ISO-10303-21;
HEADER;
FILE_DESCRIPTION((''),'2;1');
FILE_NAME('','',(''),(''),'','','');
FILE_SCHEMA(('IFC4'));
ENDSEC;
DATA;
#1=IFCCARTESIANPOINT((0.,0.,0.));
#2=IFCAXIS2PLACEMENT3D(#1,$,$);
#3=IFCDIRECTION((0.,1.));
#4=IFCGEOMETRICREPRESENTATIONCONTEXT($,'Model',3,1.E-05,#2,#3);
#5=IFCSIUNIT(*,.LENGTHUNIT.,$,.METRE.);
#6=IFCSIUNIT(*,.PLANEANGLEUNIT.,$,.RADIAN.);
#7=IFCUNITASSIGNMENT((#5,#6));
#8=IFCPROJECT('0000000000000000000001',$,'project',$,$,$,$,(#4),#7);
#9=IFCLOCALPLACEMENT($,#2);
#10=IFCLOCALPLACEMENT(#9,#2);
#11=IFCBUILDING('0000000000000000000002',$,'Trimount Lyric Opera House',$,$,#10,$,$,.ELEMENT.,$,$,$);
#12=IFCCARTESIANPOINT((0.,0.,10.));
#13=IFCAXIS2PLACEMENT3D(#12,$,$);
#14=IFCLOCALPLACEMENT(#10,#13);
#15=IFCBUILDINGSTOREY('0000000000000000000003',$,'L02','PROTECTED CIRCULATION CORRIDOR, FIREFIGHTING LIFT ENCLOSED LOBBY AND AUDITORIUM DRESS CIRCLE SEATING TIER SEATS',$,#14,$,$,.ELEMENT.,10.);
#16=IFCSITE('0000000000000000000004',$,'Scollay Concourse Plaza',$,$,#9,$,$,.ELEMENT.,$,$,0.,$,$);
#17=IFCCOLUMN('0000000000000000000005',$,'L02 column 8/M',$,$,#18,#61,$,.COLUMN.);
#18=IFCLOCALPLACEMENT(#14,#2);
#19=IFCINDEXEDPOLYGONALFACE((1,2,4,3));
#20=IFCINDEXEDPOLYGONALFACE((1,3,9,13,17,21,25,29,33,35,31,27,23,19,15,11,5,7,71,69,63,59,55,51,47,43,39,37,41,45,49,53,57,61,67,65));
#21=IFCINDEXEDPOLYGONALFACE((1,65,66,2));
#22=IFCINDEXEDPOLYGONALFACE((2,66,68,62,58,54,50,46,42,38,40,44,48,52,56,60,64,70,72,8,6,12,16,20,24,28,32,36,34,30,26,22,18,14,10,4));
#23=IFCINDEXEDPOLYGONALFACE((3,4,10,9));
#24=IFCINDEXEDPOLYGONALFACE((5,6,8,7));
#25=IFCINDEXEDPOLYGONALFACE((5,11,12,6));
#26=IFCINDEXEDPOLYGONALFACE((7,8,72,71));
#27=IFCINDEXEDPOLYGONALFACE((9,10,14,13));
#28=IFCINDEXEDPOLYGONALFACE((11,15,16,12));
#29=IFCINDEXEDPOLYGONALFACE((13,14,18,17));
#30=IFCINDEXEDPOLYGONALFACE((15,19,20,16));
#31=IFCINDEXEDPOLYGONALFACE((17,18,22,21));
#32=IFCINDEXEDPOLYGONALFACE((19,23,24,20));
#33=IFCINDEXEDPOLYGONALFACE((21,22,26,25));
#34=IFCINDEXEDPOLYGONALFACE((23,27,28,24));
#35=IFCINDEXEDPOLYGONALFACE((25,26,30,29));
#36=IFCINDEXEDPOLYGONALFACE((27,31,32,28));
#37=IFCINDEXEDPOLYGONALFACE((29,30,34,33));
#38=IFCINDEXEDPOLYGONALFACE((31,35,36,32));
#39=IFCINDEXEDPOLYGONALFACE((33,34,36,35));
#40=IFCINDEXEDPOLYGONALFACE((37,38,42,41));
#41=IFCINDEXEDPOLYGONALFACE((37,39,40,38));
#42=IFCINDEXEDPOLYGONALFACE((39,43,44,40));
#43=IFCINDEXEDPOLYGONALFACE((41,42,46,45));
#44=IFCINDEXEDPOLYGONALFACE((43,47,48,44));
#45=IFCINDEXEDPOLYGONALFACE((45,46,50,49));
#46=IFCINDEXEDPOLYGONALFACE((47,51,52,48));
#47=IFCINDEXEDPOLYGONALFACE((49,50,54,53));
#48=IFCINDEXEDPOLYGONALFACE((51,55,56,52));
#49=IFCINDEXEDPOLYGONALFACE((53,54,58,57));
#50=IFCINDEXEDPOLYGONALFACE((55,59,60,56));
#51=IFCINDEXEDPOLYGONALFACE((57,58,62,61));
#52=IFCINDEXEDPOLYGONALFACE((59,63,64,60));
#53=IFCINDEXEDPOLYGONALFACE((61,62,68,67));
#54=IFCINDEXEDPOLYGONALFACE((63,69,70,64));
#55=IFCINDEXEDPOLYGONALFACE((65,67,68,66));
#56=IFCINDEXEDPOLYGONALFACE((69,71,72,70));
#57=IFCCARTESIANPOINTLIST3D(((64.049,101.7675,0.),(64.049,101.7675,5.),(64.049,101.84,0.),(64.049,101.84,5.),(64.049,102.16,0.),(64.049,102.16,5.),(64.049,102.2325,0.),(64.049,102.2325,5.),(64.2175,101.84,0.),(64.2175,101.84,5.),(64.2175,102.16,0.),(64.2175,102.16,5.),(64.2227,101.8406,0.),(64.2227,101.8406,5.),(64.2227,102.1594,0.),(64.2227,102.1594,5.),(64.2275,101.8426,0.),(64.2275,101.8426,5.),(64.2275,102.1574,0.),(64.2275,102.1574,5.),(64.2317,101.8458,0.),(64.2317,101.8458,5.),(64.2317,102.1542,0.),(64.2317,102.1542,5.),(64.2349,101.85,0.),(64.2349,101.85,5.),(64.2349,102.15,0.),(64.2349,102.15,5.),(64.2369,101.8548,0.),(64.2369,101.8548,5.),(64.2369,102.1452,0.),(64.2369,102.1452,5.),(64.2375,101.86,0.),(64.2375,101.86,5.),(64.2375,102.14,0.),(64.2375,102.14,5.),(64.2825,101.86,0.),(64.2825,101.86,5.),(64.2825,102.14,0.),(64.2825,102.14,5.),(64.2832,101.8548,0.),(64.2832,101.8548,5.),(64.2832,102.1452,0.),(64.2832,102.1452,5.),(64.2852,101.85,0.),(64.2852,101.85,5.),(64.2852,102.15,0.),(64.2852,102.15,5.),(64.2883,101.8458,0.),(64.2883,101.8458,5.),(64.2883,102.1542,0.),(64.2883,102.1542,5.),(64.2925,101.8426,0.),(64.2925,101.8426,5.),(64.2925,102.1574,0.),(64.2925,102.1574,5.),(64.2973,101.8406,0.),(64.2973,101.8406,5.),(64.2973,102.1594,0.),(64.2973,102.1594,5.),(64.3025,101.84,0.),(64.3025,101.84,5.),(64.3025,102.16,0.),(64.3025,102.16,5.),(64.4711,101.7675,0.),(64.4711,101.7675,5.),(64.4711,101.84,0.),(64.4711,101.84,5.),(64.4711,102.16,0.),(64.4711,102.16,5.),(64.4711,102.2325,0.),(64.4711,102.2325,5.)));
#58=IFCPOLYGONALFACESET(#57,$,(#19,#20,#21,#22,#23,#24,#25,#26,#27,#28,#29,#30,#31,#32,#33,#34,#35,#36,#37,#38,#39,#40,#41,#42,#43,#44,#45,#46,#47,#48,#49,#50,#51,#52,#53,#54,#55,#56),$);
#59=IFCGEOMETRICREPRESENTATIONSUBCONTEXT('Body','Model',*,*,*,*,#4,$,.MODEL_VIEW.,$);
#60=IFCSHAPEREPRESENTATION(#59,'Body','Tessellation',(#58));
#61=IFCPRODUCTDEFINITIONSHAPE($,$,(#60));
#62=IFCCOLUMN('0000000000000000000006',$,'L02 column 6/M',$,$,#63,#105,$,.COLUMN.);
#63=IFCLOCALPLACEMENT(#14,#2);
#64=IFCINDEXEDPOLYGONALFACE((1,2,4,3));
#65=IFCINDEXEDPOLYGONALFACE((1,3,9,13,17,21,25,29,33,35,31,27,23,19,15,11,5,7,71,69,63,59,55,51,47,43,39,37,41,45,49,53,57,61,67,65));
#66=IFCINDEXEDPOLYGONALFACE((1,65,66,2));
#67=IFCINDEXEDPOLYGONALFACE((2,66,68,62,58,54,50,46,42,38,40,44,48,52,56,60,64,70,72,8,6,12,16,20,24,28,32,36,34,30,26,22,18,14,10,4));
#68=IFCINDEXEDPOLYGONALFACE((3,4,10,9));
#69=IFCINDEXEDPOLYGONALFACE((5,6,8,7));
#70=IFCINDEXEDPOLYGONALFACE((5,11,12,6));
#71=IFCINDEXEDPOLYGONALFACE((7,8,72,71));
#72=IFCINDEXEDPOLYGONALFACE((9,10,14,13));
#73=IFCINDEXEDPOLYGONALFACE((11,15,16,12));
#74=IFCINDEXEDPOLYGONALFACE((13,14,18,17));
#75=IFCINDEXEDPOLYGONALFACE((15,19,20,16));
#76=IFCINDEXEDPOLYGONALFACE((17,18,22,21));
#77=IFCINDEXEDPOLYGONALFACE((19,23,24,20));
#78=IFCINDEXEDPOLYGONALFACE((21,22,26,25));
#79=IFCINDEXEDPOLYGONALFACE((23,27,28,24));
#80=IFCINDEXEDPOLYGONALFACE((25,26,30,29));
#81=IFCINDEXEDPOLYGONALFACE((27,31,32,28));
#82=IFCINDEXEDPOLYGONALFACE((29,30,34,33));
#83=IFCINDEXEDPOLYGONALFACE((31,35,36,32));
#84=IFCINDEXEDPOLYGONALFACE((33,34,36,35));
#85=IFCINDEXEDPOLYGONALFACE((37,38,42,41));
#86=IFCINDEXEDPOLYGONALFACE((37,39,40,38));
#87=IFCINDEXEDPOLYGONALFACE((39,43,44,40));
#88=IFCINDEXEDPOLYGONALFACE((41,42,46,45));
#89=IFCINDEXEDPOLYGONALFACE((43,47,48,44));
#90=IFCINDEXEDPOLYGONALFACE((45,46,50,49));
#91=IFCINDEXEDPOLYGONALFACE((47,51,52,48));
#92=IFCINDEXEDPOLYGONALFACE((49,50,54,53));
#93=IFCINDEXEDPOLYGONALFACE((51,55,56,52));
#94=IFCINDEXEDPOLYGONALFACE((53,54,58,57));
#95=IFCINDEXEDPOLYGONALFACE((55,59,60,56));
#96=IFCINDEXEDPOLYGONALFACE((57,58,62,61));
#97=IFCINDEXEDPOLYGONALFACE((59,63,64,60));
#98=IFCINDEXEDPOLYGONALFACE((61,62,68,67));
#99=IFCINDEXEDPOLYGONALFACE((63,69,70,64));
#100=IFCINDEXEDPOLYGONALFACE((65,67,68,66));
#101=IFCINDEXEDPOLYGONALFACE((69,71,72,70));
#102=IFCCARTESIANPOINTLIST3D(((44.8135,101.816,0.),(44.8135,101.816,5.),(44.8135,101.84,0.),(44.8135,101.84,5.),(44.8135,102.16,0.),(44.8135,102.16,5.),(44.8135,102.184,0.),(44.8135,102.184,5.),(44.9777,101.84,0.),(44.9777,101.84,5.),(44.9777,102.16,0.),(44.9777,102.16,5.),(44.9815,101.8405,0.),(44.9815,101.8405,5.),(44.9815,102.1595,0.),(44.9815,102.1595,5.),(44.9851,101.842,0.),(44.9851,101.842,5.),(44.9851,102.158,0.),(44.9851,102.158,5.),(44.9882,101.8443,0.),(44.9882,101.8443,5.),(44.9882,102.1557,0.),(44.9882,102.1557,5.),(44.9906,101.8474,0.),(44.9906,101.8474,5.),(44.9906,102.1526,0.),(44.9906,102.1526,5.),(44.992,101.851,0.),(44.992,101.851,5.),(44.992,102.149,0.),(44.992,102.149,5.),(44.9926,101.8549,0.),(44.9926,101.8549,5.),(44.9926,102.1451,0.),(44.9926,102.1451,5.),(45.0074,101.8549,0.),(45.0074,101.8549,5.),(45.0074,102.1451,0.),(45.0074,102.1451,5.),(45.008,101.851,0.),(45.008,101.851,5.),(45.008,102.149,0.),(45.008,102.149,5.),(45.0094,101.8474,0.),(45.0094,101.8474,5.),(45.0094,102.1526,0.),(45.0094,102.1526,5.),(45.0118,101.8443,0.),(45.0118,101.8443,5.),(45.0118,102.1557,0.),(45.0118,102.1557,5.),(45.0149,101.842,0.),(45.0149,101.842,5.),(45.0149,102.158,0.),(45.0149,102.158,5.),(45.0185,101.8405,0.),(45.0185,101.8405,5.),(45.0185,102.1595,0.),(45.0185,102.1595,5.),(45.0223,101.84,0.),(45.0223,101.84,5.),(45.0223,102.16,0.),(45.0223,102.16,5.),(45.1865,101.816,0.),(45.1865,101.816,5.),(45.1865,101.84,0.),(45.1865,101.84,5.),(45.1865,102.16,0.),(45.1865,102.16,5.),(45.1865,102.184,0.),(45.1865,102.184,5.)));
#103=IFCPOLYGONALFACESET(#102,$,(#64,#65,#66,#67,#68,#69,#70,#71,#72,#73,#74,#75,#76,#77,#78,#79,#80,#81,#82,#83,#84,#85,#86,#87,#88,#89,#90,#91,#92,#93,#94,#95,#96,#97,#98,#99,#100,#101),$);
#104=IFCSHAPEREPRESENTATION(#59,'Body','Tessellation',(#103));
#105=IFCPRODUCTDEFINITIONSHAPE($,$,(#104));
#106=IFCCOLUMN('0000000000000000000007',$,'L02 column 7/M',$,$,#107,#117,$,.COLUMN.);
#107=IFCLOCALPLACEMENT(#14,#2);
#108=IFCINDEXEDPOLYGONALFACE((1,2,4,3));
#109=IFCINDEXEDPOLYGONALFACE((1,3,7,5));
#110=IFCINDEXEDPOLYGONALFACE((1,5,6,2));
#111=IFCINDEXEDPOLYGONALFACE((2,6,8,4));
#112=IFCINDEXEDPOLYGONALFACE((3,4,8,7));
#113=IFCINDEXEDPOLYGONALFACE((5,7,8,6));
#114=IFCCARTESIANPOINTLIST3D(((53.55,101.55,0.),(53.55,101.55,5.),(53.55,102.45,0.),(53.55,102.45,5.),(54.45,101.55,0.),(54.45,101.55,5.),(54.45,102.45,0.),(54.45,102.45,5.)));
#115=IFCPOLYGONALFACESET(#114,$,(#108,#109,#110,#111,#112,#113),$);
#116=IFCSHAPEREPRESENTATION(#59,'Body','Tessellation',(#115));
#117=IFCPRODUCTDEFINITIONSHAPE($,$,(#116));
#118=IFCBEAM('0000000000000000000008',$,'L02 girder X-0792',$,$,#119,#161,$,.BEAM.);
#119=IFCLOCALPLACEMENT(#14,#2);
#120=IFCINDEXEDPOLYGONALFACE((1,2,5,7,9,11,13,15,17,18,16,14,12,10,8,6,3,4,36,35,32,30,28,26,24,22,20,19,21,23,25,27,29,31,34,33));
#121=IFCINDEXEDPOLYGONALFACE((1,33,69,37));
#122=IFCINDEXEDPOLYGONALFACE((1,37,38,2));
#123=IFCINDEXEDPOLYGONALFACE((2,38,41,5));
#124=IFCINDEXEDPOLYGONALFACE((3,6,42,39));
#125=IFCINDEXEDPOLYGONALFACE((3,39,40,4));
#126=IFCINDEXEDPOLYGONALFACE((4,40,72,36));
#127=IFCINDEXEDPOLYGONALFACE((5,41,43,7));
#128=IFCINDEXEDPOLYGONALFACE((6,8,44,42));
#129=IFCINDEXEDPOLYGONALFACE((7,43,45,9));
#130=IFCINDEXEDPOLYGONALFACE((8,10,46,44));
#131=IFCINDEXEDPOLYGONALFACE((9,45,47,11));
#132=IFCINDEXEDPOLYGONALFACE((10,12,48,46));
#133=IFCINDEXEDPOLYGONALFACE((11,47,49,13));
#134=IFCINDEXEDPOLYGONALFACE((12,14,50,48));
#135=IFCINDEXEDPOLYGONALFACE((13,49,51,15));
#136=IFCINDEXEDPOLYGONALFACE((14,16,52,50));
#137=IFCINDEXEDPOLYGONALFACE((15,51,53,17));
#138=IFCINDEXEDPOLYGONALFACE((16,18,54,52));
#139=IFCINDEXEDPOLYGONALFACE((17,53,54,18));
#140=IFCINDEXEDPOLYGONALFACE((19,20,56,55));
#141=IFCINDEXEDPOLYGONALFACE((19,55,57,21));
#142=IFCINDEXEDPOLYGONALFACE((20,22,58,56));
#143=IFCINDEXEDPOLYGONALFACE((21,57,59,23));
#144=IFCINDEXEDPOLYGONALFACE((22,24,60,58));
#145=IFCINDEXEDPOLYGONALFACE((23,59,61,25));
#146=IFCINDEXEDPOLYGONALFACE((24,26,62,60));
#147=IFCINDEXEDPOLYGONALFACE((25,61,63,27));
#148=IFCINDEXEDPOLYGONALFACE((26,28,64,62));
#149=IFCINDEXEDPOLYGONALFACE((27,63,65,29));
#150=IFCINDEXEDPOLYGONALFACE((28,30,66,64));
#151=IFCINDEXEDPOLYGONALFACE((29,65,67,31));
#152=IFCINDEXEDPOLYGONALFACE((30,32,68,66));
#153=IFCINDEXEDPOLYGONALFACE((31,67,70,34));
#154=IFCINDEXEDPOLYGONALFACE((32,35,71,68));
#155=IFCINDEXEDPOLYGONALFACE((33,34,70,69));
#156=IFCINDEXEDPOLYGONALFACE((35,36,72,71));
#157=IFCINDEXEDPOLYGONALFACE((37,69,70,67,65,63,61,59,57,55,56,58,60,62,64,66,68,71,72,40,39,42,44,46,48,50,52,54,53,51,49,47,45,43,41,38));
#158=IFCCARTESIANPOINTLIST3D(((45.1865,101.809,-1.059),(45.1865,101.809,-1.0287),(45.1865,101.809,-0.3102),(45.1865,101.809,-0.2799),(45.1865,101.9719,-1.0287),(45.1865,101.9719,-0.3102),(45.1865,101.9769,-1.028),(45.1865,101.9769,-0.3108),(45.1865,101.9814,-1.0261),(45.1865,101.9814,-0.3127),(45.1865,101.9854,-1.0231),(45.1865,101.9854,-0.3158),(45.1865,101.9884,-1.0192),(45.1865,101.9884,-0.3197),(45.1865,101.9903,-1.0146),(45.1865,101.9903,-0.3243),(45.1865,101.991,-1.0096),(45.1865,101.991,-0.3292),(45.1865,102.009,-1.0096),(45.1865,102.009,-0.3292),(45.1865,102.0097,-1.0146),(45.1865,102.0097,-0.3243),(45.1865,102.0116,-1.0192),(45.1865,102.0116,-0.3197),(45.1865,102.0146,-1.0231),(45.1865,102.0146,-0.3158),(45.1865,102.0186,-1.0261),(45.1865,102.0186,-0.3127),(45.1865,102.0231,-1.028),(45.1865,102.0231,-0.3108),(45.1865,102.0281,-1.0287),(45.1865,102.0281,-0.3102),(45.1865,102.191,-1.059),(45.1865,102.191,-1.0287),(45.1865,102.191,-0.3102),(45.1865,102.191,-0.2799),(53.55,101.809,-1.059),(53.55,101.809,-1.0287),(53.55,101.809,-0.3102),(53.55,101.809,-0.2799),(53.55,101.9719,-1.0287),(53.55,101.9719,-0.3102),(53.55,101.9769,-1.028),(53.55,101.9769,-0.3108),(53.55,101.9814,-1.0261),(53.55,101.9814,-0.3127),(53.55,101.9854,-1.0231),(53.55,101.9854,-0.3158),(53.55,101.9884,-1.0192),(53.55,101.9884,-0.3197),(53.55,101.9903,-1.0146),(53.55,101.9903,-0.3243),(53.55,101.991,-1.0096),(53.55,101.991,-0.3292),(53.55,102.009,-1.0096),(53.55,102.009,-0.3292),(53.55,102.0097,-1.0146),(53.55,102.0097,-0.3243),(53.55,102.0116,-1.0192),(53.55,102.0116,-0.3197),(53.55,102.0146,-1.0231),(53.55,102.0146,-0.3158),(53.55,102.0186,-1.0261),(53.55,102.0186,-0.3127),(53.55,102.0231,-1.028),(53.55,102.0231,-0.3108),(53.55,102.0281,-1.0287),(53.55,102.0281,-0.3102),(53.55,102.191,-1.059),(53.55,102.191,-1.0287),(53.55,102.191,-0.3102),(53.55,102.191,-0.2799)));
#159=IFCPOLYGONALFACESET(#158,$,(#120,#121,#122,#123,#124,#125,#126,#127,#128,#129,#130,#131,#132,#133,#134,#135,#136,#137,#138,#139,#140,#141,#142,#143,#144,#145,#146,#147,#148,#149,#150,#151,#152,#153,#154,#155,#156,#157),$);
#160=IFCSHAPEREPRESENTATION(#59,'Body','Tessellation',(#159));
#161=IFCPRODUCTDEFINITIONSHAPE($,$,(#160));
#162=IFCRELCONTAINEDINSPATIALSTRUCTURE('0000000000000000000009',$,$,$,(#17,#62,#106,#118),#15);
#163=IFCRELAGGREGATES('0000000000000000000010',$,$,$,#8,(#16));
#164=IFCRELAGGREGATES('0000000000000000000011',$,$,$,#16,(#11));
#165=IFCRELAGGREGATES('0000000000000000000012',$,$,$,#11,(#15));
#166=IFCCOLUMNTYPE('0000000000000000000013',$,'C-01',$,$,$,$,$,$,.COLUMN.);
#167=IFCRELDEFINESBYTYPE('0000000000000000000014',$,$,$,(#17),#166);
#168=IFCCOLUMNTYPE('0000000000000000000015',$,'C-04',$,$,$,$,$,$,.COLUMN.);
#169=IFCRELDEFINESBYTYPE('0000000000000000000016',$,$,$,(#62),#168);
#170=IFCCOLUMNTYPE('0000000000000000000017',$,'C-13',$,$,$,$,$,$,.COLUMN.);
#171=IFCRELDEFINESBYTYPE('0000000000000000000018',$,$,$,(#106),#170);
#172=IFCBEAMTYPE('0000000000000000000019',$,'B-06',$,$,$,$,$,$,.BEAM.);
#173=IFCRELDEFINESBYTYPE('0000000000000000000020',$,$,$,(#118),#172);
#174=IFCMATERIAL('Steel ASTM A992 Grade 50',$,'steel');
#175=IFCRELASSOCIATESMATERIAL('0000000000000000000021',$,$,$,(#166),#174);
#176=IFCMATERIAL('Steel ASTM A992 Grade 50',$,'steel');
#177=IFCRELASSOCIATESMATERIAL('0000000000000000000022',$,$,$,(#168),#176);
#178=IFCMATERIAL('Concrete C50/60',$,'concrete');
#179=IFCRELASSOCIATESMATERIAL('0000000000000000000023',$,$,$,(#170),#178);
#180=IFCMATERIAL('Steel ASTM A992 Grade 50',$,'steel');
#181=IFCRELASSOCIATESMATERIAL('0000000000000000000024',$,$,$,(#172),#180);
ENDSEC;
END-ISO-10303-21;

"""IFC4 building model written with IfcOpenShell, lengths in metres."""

from ifc_helpers import new_model, si_unit, direction, frame, origin, origin_2d, place, context, subcontext, project, spatial, rectangle, i_section, extrude, material, material_profile, profile_set, type_object, element, save


model = new_model("IFC4")

# Units and contexts
model_context = context("Model", 3, precision=1e-05, world=origin(), true_north=direction((0.0, 1.0)))
body_context = subcontext(model_context, "Body", "Model", "MODEL_VIEW")
ifc_project = project(units=[si_unit("LENGTHUNIT", "METRE"), si_unit("PLANEANGLEUNIT", "RADIAN")], contexts=[model_context])

# Site, building, storey
site_placement = place(None, origin())
site = spatial("IfcSite", under=ifc_project, at=site_placement, Name="Scollay Concourse Plaza", CompositionType="ELEMENT", RefElevation=0.0)
building_placement = place(site_placement, origin())
building = spatial("IfcBuilding", under=site, at=building_placement, Name="Trimount Lyric Opera House", CompositionType="ELEMENT")
storey_placement = place(building_placement, frame((0.0, 0.0, 10.0)))
storey = spatial("IfcBuildingStorey", under=building, at=storey_placement, Name="L02", Description="PROTECTED CIRCULATION CORRIDOR, FIREFIGHTING LIFT ENCLOSED LOBBY AND AUDITORIUM DRESS CIRCLE SEATING TIER SEATS", CompositionType="ELEMENT", Elevation=10.0)

# Columns
ifc_material_1 = material(Name="Steel ASTM A992 Grade 50", Category="steel")
ifc_material_profile_1 = material_profile(ifc_material_1, i_section(OverallWidth=0.4221, OverallDepth=0.4651, WebThickness=0.0449, FlangeThickness=0.0725, FilletRadius=0.02, at=origin_2d()), Name="W14X398")
ifc_profile_set_1 = profile_set([ifc_material_profile_1], Name="Steel ASTM A992 Grade 50")
column_type_1 = type_object("IfcColumnType", Name="C-01", PredefinedType="COLUMN", material=ifc_profile_set_1)
column_1_placement = place(storey_placement, frame((64.26, 102.0, 0.0), z_axis=(0.0, 0.0, 1.0), x_axis=(1.0, 0.0, 0.0)))
element("IfcColumn", 1, at=column_1_placement, inside=storey, type_object=column_type_1, Name="L02 column 8/M", PredefinedType="COLUMN", context=body_context, shape_type="SweptSolid", body=[
    extrude(i_section(OverallWidth=0.4221, OverallDepth=0.4651, WebThickness=0.0449, FlangeThickness=0.0725, FilletRadius=0.02, at=origin_2d()), origin(), (0.0, 0.0, 1.0), 5.0),
])
ifc_material_2 = material(Name="Steel ASTM A992 Grade 50", Category="steel")
ifc_material_profile_2 = material_profile(ifc_material_2, i_section(OverallWidth=0.373, OverallDepth=0.3679, WebThickness=0.0149, FlangeThickness=0.0239, FilletRadius=0.0149, at=origin_2d()), Name="W14X120")
ifc_profile_set_2 = profile_set([ifc_material_profile_2], Name="Steel ASTM A992 Grade 50")
column_type_2 = type_object("IfcColumnType", Name="C-04", PredefinedType="COLUMN", material=ifc_profile_set_2)
column_2_placement = place(storey_placement, frame((45.0, 102.0, 0.0), z_axis=(0.0, 0.0, 1.0), x_axis=(1.0, 0.0, 0.0)))
element("IfcColumn", 2, at=column_2_placement, inside=storey, type_object=column_type_2, Name="L02 column 6/M", PredefinedType="COLUMN", context=body_context, shape_type="SweptSolid", body=[
    extrude(i_section(OverallWidth=0.373, OverallDepth=0.3679, WebThickness=0.0149, FlangeThickness=0.0239, FilletRadius=0.0149, at=origin_2d()), origin(), (0.0, 0.0, 1.0), 5.0),
])
ifc_material_3 = material(Name="Concrete C50/60", Category="concrete")
ifc_material_profile_3 = material_profile(ifc_material_3, rectangle(XDim=0.8999, YDim=0.8999, at=origin_2d()), Name="RC900X900")
ifc_profile_set_3 = profile_set([ifc_material_profile_3], Name="Concrete C50/60")
column_type_3 = type_object("IfcColumnType", Name="C-13", PredefinedType="COLUMN", material=ifc_profile_set_3)
column_3_placement = place(storey_placement, frame((54.0, 102.0, 0.0), z_axis=(0.0, 0.0, 1.0), x_axis=(1.0, 0.0, 0.0)))
element("IfcColumn", 3, at=column_3_placement, inside=storey, type_object=column_type_3, Name="L02 column 7/M", PredefinedType="COLUMN", context=body_context, shape_type="SweptSolid", body=[
    extrude(rectangle(XDim=0.8999, YDim=0.8999, at=origin_2d()), origin(), (0.0, 0.0, 1.0), 5.0),
])

# Beam
ifc_material_4 = material(Name="Steel ASTM A992 Grade 50", Category="steel")
ifc_material_profile_4 = material_profile(ifc_material_4, i_section(OverallWidth=0.3821, OverallDepth=0.7791, WebThickness=0.0181, FlangeThickness=0.0303, FilletRadius=0.019, at=origin_2d()), Name="W30X191")
ifc_profile_set_4 = profile_set([ifc_material_profile_4], Name="Steel ASTM A992 Grade 50")
beam_type_1 = type_object("IfcBeamType", Name="B-06", PredefinedType="BEAM", material=ifc_profile_set_4)
beam_1_placement = place(storey_placement, frame((45.1865, 102.0, -0.6694), z_axis=(1.0, 0.0, 0.0), x_axis=(0.0, 1.0, 0.0)))
element("IfcBeam", 4, at=beam_1_placement, inside=storey, type_object=beam_type_1, Name="L02 girder X-0792", PredefinedType="BEAM", context=body_context, shape_type="SweptSolid", body=[
    extrude(i_section(OverallWidth=0.3821, OverallDepth=0.7791, WebThickness=0.0181, FlangeThickness=0.0303, FilletRadius=0.019, at=origin_2d()), origin(), (0.0, 0.0, 1.0), 8.3635),
])

save(model, "model.ifc")
